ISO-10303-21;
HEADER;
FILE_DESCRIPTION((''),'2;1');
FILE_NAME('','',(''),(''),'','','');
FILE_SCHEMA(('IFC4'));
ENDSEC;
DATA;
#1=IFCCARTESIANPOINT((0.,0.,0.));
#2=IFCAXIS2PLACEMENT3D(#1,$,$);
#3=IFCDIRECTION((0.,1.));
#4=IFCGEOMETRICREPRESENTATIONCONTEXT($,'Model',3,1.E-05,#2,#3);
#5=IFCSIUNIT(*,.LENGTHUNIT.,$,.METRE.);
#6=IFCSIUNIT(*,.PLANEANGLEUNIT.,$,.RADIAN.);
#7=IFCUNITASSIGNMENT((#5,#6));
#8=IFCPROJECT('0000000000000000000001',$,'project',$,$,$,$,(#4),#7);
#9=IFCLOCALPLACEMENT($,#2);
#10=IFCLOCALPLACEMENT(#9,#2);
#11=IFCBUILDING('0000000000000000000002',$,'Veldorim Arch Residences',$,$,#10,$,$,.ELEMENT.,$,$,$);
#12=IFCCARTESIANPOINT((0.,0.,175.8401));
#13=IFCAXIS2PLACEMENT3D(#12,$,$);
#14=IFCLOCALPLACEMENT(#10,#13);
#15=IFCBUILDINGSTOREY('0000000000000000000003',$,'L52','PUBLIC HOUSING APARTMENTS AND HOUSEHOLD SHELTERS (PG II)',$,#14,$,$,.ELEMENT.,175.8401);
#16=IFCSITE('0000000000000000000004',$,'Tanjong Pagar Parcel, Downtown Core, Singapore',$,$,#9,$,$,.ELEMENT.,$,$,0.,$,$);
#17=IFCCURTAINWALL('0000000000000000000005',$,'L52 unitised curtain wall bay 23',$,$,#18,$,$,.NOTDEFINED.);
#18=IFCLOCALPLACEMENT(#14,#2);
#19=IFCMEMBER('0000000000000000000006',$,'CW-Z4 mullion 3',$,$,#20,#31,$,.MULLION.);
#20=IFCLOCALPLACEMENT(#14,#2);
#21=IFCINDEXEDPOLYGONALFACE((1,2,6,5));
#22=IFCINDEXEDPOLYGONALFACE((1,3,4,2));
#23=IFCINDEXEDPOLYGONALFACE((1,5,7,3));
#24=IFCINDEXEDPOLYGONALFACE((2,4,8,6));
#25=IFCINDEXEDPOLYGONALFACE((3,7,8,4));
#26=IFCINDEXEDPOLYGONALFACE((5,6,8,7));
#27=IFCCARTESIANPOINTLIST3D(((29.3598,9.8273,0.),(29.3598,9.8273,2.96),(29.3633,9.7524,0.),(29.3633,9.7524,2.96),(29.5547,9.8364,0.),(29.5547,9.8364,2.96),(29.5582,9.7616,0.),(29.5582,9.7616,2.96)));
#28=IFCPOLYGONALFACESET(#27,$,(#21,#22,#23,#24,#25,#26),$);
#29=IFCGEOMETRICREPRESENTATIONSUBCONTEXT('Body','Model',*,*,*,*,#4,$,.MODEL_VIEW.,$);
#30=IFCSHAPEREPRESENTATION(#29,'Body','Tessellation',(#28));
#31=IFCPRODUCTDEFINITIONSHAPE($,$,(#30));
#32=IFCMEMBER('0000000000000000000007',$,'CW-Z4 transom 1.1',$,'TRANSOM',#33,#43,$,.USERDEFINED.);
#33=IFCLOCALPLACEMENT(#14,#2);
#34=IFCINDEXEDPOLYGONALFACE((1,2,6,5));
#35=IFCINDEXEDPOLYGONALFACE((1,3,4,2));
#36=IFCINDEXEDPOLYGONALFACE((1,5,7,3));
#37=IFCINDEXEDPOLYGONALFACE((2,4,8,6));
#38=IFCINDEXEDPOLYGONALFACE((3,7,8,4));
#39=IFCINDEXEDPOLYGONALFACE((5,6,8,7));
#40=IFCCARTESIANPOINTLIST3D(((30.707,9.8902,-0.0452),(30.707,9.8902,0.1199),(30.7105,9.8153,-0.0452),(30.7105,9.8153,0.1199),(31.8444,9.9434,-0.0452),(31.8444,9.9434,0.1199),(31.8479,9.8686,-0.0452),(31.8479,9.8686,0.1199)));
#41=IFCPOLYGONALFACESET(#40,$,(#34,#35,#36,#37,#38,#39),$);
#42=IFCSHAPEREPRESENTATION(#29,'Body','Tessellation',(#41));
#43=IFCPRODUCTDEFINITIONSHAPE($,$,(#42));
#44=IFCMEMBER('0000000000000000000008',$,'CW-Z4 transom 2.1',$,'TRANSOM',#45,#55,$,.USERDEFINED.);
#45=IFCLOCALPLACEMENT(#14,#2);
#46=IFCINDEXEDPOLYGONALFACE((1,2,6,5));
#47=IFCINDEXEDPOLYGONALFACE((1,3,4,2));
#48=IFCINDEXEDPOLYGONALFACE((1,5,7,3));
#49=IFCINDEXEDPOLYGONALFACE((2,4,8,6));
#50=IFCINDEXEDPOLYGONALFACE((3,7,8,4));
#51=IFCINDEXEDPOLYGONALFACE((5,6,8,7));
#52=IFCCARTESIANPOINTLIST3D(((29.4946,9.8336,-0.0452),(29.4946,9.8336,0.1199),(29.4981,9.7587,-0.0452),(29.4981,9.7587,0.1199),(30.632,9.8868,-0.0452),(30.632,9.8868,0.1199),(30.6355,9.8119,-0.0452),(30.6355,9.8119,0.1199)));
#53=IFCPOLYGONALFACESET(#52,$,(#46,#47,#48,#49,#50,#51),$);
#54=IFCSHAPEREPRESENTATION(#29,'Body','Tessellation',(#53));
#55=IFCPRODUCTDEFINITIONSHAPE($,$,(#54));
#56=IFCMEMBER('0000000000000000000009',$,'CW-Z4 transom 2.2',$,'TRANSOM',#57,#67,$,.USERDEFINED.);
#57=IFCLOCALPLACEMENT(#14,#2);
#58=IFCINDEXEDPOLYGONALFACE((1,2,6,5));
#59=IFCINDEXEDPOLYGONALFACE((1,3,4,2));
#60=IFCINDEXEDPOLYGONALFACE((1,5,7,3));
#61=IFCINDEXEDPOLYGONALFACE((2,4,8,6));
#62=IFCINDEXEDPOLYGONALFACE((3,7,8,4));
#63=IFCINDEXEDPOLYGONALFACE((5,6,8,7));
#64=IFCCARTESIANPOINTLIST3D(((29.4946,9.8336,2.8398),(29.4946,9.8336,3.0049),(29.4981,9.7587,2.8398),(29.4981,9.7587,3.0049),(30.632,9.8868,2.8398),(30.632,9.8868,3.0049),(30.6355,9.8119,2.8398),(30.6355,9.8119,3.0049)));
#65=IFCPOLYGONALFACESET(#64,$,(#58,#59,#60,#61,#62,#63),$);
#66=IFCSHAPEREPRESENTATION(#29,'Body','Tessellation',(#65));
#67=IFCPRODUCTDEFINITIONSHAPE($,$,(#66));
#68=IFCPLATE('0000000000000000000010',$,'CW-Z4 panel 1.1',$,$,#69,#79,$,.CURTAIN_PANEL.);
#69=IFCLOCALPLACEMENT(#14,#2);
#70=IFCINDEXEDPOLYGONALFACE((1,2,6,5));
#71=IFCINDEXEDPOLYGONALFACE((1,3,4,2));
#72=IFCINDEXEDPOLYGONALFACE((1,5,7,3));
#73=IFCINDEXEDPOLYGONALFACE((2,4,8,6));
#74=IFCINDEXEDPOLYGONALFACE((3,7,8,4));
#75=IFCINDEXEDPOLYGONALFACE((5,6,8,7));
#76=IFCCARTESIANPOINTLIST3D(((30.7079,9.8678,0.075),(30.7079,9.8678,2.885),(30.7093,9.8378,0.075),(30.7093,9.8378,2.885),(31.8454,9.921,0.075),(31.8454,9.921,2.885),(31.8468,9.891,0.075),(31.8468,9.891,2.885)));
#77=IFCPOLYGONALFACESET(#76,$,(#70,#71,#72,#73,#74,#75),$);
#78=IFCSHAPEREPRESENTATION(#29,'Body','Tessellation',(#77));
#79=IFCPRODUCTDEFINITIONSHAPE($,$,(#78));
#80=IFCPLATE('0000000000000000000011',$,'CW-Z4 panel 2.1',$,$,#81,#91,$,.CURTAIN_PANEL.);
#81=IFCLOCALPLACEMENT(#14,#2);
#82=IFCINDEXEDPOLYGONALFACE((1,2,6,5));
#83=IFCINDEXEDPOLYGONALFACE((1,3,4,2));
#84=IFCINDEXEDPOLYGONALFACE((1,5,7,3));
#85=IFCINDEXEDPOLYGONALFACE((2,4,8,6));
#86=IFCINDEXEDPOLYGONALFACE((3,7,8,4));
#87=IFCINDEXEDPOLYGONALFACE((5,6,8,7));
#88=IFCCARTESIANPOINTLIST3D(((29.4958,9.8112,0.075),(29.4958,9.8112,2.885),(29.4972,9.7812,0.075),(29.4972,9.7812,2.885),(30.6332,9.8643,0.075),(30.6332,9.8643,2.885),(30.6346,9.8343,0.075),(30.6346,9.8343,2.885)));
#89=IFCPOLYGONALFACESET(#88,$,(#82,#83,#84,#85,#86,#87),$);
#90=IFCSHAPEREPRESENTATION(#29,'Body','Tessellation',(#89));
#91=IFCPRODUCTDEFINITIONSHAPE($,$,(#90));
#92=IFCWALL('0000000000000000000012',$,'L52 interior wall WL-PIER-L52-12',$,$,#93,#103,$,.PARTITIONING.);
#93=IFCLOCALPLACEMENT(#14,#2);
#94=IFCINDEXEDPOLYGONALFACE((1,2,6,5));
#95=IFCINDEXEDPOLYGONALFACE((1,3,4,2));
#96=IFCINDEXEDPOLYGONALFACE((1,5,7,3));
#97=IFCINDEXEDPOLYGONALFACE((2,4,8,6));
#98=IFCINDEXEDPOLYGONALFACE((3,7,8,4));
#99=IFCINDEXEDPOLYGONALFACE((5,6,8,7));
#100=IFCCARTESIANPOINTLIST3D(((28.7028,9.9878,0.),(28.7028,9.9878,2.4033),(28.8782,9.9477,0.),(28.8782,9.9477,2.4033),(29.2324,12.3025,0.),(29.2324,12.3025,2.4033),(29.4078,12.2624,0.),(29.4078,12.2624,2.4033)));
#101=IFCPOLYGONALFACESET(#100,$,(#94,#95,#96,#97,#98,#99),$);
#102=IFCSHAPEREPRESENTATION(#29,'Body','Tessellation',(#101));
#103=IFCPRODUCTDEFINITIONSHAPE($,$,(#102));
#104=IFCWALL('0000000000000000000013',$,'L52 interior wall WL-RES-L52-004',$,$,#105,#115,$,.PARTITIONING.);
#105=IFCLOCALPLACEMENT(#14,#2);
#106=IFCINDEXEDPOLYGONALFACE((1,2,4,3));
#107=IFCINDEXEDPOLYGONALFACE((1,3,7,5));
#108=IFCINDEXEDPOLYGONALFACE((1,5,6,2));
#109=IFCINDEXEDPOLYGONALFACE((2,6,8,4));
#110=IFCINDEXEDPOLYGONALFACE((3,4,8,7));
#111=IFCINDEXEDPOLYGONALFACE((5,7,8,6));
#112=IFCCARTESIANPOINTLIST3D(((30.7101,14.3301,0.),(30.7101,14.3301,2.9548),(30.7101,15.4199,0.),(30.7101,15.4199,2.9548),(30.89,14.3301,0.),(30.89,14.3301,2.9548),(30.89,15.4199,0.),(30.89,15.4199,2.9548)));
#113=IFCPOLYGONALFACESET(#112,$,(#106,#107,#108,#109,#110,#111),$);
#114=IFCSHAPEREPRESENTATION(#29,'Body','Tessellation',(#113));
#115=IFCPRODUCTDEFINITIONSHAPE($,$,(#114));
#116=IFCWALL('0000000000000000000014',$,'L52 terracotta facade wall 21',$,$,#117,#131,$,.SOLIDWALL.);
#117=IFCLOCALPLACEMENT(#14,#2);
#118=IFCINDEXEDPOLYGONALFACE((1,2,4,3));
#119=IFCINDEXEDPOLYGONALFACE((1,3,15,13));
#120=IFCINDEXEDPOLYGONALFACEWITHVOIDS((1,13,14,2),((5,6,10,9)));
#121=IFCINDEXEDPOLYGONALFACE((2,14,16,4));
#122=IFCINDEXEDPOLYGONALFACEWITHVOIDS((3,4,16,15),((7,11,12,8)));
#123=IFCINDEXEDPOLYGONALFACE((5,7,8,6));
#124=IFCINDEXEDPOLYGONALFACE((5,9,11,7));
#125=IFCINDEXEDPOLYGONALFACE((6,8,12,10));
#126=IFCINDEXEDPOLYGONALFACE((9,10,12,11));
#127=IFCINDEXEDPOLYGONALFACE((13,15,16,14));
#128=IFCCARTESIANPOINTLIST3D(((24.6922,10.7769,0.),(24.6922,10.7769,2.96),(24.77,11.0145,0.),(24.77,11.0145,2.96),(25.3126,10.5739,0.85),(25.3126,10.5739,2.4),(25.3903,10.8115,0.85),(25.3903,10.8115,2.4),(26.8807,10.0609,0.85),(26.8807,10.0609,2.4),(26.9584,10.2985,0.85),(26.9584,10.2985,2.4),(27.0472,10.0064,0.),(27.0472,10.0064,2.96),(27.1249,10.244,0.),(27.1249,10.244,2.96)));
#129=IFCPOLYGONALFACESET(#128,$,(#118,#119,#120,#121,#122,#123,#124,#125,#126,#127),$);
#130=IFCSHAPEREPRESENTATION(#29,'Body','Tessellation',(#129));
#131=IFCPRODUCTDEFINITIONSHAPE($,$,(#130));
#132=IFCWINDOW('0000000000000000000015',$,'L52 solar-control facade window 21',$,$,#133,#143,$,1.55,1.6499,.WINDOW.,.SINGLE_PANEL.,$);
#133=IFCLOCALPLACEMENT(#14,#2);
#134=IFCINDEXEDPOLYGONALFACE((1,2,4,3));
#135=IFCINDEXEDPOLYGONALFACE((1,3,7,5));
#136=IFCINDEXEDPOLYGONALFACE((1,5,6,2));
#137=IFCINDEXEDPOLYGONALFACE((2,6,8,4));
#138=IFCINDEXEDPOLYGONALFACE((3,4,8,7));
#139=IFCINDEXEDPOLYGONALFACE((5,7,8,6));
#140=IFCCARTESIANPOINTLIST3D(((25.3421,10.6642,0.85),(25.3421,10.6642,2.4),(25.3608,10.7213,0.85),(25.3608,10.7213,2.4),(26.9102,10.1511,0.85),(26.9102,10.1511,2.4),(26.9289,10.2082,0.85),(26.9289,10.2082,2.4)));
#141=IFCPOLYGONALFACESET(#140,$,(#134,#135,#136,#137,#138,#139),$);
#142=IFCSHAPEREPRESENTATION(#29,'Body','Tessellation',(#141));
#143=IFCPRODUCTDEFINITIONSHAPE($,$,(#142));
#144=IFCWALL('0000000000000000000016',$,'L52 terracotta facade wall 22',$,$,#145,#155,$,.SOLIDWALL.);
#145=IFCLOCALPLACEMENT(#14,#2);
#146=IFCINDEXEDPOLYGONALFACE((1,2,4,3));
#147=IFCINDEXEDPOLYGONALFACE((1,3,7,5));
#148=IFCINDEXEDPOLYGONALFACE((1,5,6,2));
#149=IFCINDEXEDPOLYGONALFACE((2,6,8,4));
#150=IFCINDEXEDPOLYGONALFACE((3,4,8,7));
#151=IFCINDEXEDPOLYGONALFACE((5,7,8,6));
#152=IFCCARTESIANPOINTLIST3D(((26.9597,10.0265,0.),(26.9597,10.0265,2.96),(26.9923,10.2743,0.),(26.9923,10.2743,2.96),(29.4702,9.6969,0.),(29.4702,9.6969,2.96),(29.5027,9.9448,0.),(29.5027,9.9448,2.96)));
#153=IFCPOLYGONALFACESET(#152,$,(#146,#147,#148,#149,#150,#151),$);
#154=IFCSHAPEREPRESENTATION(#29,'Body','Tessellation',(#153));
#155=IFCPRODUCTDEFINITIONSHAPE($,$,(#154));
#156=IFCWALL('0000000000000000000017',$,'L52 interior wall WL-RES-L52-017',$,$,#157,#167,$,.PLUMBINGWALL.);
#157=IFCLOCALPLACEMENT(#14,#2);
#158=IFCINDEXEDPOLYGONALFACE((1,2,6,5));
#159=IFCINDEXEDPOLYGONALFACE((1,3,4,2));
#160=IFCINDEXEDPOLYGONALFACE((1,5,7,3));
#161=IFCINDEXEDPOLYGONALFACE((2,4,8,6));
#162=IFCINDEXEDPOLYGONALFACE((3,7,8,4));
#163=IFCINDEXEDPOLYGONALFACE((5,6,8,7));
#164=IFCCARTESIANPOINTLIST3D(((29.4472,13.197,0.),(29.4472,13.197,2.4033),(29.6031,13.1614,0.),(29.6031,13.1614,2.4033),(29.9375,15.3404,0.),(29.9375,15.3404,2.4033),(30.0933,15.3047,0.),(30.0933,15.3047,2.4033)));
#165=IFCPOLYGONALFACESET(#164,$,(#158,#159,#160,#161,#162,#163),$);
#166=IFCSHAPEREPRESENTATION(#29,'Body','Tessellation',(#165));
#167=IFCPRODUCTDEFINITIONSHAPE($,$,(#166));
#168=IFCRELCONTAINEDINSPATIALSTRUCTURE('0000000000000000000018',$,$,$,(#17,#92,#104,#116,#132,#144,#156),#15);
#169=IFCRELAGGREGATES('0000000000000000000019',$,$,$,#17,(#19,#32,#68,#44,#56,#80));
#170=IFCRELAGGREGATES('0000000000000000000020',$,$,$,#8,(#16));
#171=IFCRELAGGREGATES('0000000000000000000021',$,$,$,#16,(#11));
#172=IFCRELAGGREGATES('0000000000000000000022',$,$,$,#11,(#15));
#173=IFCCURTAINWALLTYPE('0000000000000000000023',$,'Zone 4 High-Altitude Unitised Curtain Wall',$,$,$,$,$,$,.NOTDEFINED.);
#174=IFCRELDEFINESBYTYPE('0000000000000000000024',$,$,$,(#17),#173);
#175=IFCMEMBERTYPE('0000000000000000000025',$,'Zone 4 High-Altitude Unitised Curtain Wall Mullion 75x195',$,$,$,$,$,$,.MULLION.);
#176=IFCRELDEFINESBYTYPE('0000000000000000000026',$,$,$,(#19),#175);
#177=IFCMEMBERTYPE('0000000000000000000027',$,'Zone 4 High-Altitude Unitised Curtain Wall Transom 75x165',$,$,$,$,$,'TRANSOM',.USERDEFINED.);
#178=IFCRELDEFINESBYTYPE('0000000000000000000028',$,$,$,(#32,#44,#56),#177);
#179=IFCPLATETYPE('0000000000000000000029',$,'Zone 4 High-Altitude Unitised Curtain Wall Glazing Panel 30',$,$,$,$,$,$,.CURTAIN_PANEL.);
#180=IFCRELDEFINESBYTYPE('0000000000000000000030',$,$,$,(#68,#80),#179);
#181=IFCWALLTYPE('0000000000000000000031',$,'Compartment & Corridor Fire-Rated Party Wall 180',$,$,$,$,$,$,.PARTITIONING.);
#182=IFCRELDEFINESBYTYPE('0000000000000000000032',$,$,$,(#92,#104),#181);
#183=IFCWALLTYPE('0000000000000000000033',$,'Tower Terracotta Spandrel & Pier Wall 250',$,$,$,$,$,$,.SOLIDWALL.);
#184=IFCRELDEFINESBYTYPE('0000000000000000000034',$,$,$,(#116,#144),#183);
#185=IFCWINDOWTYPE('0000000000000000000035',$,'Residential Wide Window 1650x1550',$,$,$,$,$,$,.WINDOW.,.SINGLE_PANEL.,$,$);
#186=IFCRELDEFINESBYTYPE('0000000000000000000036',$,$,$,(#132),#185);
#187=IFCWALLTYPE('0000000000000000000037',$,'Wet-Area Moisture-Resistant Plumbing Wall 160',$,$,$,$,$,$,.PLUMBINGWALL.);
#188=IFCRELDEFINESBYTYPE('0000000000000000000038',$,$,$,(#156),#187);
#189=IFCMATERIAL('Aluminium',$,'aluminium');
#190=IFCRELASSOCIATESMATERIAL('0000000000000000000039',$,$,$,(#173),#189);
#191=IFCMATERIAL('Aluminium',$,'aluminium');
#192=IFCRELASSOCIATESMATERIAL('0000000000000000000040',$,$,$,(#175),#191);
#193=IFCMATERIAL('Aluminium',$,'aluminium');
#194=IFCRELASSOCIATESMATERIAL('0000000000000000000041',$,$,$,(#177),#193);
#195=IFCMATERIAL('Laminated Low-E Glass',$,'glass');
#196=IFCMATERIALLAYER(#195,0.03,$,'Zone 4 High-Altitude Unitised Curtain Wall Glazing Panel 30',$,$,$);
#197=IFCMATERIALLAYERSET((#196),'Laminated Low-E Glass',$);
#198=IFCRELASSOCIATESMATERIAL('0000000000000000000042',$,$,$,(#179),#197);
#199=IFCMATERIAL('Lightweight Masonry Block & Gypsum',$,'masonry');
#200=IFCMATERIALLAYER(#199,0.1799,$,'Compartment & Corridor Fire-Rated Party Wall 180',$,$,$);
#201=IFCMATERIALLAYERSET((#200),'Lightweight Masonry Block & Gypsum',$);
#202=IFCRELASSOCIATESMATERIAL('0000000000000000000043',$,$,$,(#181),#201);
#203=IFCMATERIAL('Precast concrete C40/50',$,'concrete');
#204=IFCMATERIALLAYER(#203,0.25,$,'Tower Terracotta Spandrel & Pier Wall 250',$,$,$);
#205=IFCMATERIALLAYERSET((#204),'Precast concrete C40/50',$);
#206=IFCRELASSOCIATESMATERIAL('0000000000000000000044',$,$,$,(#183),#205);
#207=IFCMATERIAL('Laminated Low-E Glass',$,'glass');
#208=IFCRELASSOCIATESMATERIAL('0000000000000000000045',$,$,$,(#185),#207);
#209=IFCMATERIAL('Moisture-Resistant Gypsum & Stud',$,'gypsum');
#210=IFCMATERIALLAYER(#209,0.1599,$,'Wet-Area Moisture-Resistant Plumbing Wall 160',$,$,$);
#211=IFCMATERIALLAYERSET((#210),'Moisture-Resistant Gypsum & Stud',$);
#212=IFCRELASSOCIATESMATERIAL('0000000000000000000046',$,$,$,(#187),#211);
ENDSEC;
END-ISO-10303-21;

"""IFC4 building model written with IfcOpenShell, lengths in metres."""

from ifc_helpers import new_model, si_unit, direction, frame, frame_2d, origin, origin_2d, place, context, subcontext, project, spatial, rectangle, extrude, material, layer, layer_set, material_profile, profile_set, type_object, element, fill, aggregate, save


model = new_model("IFC4")

# Units and contexts
model_context = context("Model", 3, precision=1e-05, world=origin(), true_north=direction((0.0, 1.0)))
body_context = subcontext(model_context, "Body", "Model", "MODEL_VIEW")
ifc_project = project(units=[si_unit("LENGTHUNIT", "METRE"), si_unit("PLANEANGLEUNIT", "RADIAN")], contexts=[model_context])

# Site, building, storey
site_placement = place(None, origin())
site = spatial("IfcSite", under=ifc_project, at=site_placement, Name="Tanjong Pagar Parcel, Downtown Core, Singapore", CompositionType="ELEMENT", RefElevation=0.0)
building_placement = place(site_placement, origin())
building = spatial("IfcBuilding", under=site, at=building_placement, Name="Veldorim Arch Residences", CompositionType="ELEMENT")
storey_placement = place(building_placement, frame((0.0, 0.0, 175.8401)))
storey = spatial("IfcBuildingStorey", under=building, at=storey_placement, Name="L52", Description="PUBLIC HOUSING APARTMENTS AND HOUSEHOLD SHELTERS (PG II)", CompositionType="ELEMENT", Elevation=175.8401)

# Shared definitions
ifc_material_1 = material(Name="Aluminium", Category="aluminium")
curtain_wall_type = type_object("IfcCurtainWallType", Name="Zone 4 High-Altitude Unitised Curtain Wall", PredefinedType="NOTDEFINED", material=ifc_material_1)
ifc_material_2 = material(Name="Aluminium", Category="aluminium")
ifc_material_profile_1 = material_profile(ifc_material_2, rectangle(XDim=0.075, YDim=0.1951, at=origin_2d()), Name="ALU_MUL_75x195")
ifc_profile_set_1 = profile_set([ifc_material_profile_1], Name="Aluminium")
member_type_1 = type_object("IfcMemberType", Name="Zone 4 High-Altitude Unitised Curtain Wall Mullion 75x195", PredefinedType="MULLION", material=ifc_profile_set_1)

# Curtain wall, members, plates
curtain_wall_1_placement = place(storey_placement, origin())
curtain_wall_1 = element("IfcCurtainWall", 1, at=curtain_wall_1_placement, inside=storey, type_object=curtain_wall_type, Name="L52 unitised curtain wall bay 23", PredefinedType="NOTDEFINED")
member_1_placement = place(storey_placement, frame((29.459, 9.7944, 0.0), z_axis=(0.0, 0.0, 1.0), x_axis=(0.046678, -0.99891, 0.0)))
member_1 = element("IfcMember", 2, at=member_1_placement, type_object=member_type_1, Name="CW-Z4 mullion 3", PredefinedType="MULLION", context=body_context, shape_type="SweptSolid", body=[
    extrude(rectangle(XDim=0.075, YDim=0.1951, at=origin_2d()), origin(), (0.0, 0.0, 1.0), 2.96),
])
ifc_material_3 = material(Name="Aluminium", Category="aluminium")
ifc_material_profile_2 = material_profile(ifc_material_3, rectangle(XDim=0.075, YDim=0.165, at=origin_2d()), Name="ALU_TRN_75x165")
ifc_profile_set_2 = profile_set([ifc_material_profile_2], Name="Aluminium")
member_type_2 = type_object("IfcMemberType", Name="Zone 4 High-Altitude Unitised Curtain Wall Transom 75x165", ElementType="TRANSOM", PredefinedType="USERDEFINED", material=ifc_profile_set_2)
member_2_placement = place(storey_placement, frame((31.8462, 9.906, 0.0374), z_axis=(-0.998907, -0.04674, 0.0), x_axis=(0.04674, -0.998907, 0.0)))
member_2 = element("IfcMember", 3, at=member_2_placement, type_object=member_type_2, Name="CW-Z4 transom 1.1", ObjectType="TRANSOM", PredefinedType="USERDEFINED", context=body_context, shape_type="SweptSolid", body=[
    extrude(rectangle(XDim=0.075, YDim=0.165, at=origin_2d()), origin(), (0.0, 0.0, 1.0), 1.1387),
])
member_3_placement = place(storey_placement, frame((30.6338, 9.8494, 0.0374), z_axis=(-0.998907, -0.04674, 0.0), x_axis=(0.04674, -0.998907, 0.0)))
member_3 = element("IfcMember", 4, at=member_3_placement, type_object=member_type_2, Name="CW-Z4 transom 2.1", ObjectType="TRANSOM", PredefinedType="USERDEFINED", context=body_context, shape_type="SweptSolid", body=[
    extrude(rectangle(XDim=0.075, YDim=0.165, at=origin_2d()), origin(), (0.0, 0.0, 1.0), 1.1387),
])
member_4_placement = place(storey_placement, frame((30.6338, 9.8494, 2.9224), z_axis=(-0.998907, -0.04674, 0.0), x_axis=(0.04674, -0.998907, 0.0)))
member_4 = element("IfcMember", 5, at=member_4_placement, type_object=member_type_2, Name="CW-Z4 transom 2.2", ObjectType="TRANSOM", PredefinedType="USERDEFINED", context=body_context, shape_type="SweptSolid", body=[
    extrude(rectangle(XDim=0.075, YDim=0.165, at=origin_2d()), origin(), (0.0, 0.0, 1.0), 1.1387),
])
ifc_material_4 = material(Name="Laminated Low-E Glass", Category="glass")
ifc_layer_1 = layer(ifc_material_4, 0.03, Name="Zone 4 High-Altitude Unitised Curtain Wall Glazing Panel 30")
ifc_layer_set_1 = layer_set([ifc_layer_1], Name="Laminated Low-E Glass")
plate_type = type_object("IfcPlateType", Name="Zone 4 High-Altitude Unitised Curtain Wall Glazing Panel 30", PredefinedType="CURTAIN_PANEL", material=ifc_layer_set_1)
plate_1_placement = place(storey_placement, frame((31.2773, 9.8794, 0.075), z_axis=(0.0, 0.0, 1.0), x_axis=(-0.99891, -0.046678, 0.0)))
plate_1 = element("IfcPlate", 6, at=plate_1_placement, type_object=plate_type, Name="CW-Z4 panel 1.1", PredefinedType="CURTAIN_PANEL", context=body_context, shape_type="SweptSolid", body=[
    extrude(rectangle(XDim=1.1387, YDim=0.03, at=origin_2d()), origin(), (0.0, 0.0, 1.0), 2.8101),
])
plate_2_placement = place(storey_placement, frame((30.0652, 9.8228, 0.075), z_axis=(0.0, 0.0, 1.0), x_axis=(-0.99891, -0.046678, 0.0)))
plate_2 = element("IfcPlate", 7, at=plate_2_placement, type_object=plate_type, Name="CW-Z4 panel 2.1", PredefinedType="CURTAIN_PANEL", context=body_context, shape_type="SweptSolid", body=[
    extrude(rectangle(XDim=1.1387, YDim=0.03, at=origin_2d()), origin(), (0.0, 0.0, 1.0), 2.8101),
])
aggregate(curtain_wall_1, [member_1, member_2, plate_1, member_3, member_4, plate_2])

# Walls
ifc_material_5 = material(Name="Lightweight Masonry Block & Gypsum", Category="masonry")
ifc_layer_2 = layer(ifc_material_5, 0.1799, Name="Compartment & Corridor Fire-Rated Party Wall 180")
ifc_layer_set_2 = layer_set([ifc_layer_2], Name="Lightweight Masonry Block & Gypsum")
wall_type_1 = type_object("IfcWallType", Name="Compartment & Corridor Fire-Rated Party Wall 180", PredefinedType="PARTITIONING", material=ifc_layer_set_2)
wall_1_placement = place(storey_placement, frame((29.3201, 12.2825, 0.0), z_axis=(0.0, 0.0, 1.0), x_axis=(-0.223012, -0.974816, 0.0)))
element("IfcWall", 8, at=wall_1_placement, inside=storey, type_object=wall_type_1, Name="L52 interior wall WL-PIER-L52-12", PredefinedType="PARTITIONING", context=body_context, shape_type="SweptSolid", body=[
    extrude(rectangle(XDim=2.3745, YDim=0.1799, at=frame_2d((1.1873, 0.0))), origin(), (0.0, 0.0, 1.0), 2.4033),
])
wall_2_placement = place(storey_placement, frame((30.8, 14.3301, 0.0), z_axis=(0.0, 0.0, 1.0), x_axis=(0.0, 1.0, 0.0)))
element("IfcWall", 9, at=wall_2_placement, inside=storey, type_object=wall_type_1, Name="L52 interior wall WL-RES-L52-004", PredefinedType="PARTITIONING", context=body_context, shape_type="SweptSolid", body=[
    extrude(rectangle(XDim=1.0898, YDim=0.1799, at=frame_2d((0.5449, 0.0))), origin(), (0.0, 0.0, 1.0), 2.9548),
])

# Wall, opening, window
ifc_material_6 = material(Name="Precast concrete C40/50", Category="concrete")
ifc_layer_3 = layer(ifc_material_6, 0.25, Name="Tower Terracotta Spandrel & Pier Wall 250")
ifc_layer_set_3 = layer_set([ifc_layer_3], Name="Precast concrete C40/50")
wall_type_2 = type_object("IfcWallType", Name="Tower Terracotta Spandrel & Pier Wall 250", PredefinedType="SOLIDWALL", material=ifc_layer_set_3)
wall_3_placement = place(storey_placement, frame((27.0859, 10.1252, 0.0), z_axis=(0.0, 0.0, 1.0), x_axis=(-0.950423, 0.310961, 0.0)))
wall_3 = element("IfcWall", 10, at=wall_3_placement, inside=storey, type_object=wall_type_2, Name="L52 terracotta facade wall 21", PredefinedType="SOLIDWALL", context=body_context, shape_type="SweptSolid", body=[
    extrude(rectangle(XDim=2.4778, YDim=0.25, at=frame_2d((1.2388, 0.0))), origin(), (0.0, 0.0, 1.0), 2.96),
])
opening_placement = place(wall_3_placement, frame((0.175, 0.0, 0.8501)))
opening = element("IfcOpeningElement", 11, at=opening_placement, cuts=wall_3, PredefinedType="OPENING", context=body_context, shape_type="SweptSolid", body=[
    extrude(rectangle(XDim=1.6499, YDim=1.55, at=frame_2d((0.825, 0.7749))), frame((0.0, 0.135, 0.0), z_axis=(0.0, -1.0, 0.0), x_axis=(1.0, 0.0, 0.0)), (0.0, 0.0, 1.0), 0.27),
])
ifc_material_7 = material(Name="Laminated Low-E Glass", Category="glass")
window_type = type_object("IfcWindowType", Name="Residential Wide Window 1650x1550", PartitioningType="SINGLE_PANEL", PredefinedType="WINDOW", material=ifc_material_7)
window_placement = place(opening_placement, origin())
window = element("IfcWindow", 12, at=window_placement, inside=storey, type_object=window_type, Name="L52 solar-control facade window 21", OverallHeight=1.55, OverallWidth=1.6499, PartitioningType="SINGLE_PANEL", PredefinedType="WINDOW", context=body_context, shape_type="SweptSolid", body=[
    extrude(rectangle(XDim=1.6499, YDim=1.55, at=frame_2d((0.825, 0.7749))), frame((0.0, 0.03, 0.0), z_axis=(0.0, -1.0, 0.0), x_axis=(1.0, 0.0, 0.0)), (0.0, 0.0, 1.0), 0.0601),
])
fill(opening, window)

# Walls
wall_4_placement = place(storey_placement, frame((29.4866, 9.8208, 0.0), z_axis=(0.0, 0.0, 1.0), x_axis=(-0.991492, 0.130168, 0.0)))
element("IfcWall", 13, at=wall_4_placement, inside=storey, type_object=wall_type_2, Name="L52 terracotta facade wall 22", PredefinedType="SOLIDWALL", context=body_context, shape_type="SweptSolid", body=[
    extrude(rectangle(XDim=2.532, YDim=0.25, at=frame_2d((1.2661, 0.0))), origin(), (0.0, 0.0, 1.0), 2.96),
])
ifc_material_8 = material(Name="Moisture-Resistant Gypsum & Stud", Category="gypsum")
ifc_layer_4 = layer(ifc_material_8, 0.1599, Name="Wet-Area Moisture-Resistant Plumbing Wall 160")
ifc_layer_set_4 = layer_set([ifc_layer_4], Name="Moisture-Resistant Gypsum & Stud")
wall_type_3 = type_object("IfcWallType", Name="Wet-Area Moisture-Resistant Plumbing Wall 160", PredefinedType="PLUMBINGWALL", material=ifc_layer_set_4)
wall_5_placement = place(storey_placement, frame((29.5251, 13.1792, 0.0), z_axis=(0.0, 0.0, 1.0), x_axis=(0.22297, 0.974825, 0.0)))
element("IfcWall", 14, at=wall_5_placement, inside=storey, type_object=wall_type_3, Name="L52 interior wall WL-RES-L52-017", PredefinedType="PLUMBINGWALL", context=body_context, shape_type="SweptSolid", body=[
    extrude(rectangle(XDim=2.1987, YDim=0.1599, at=frame_2d((1.0994, 0.0))), origin(), (0.0, 0.0, 1.0), 2.4033),
])

save(model, "model.ifc")
